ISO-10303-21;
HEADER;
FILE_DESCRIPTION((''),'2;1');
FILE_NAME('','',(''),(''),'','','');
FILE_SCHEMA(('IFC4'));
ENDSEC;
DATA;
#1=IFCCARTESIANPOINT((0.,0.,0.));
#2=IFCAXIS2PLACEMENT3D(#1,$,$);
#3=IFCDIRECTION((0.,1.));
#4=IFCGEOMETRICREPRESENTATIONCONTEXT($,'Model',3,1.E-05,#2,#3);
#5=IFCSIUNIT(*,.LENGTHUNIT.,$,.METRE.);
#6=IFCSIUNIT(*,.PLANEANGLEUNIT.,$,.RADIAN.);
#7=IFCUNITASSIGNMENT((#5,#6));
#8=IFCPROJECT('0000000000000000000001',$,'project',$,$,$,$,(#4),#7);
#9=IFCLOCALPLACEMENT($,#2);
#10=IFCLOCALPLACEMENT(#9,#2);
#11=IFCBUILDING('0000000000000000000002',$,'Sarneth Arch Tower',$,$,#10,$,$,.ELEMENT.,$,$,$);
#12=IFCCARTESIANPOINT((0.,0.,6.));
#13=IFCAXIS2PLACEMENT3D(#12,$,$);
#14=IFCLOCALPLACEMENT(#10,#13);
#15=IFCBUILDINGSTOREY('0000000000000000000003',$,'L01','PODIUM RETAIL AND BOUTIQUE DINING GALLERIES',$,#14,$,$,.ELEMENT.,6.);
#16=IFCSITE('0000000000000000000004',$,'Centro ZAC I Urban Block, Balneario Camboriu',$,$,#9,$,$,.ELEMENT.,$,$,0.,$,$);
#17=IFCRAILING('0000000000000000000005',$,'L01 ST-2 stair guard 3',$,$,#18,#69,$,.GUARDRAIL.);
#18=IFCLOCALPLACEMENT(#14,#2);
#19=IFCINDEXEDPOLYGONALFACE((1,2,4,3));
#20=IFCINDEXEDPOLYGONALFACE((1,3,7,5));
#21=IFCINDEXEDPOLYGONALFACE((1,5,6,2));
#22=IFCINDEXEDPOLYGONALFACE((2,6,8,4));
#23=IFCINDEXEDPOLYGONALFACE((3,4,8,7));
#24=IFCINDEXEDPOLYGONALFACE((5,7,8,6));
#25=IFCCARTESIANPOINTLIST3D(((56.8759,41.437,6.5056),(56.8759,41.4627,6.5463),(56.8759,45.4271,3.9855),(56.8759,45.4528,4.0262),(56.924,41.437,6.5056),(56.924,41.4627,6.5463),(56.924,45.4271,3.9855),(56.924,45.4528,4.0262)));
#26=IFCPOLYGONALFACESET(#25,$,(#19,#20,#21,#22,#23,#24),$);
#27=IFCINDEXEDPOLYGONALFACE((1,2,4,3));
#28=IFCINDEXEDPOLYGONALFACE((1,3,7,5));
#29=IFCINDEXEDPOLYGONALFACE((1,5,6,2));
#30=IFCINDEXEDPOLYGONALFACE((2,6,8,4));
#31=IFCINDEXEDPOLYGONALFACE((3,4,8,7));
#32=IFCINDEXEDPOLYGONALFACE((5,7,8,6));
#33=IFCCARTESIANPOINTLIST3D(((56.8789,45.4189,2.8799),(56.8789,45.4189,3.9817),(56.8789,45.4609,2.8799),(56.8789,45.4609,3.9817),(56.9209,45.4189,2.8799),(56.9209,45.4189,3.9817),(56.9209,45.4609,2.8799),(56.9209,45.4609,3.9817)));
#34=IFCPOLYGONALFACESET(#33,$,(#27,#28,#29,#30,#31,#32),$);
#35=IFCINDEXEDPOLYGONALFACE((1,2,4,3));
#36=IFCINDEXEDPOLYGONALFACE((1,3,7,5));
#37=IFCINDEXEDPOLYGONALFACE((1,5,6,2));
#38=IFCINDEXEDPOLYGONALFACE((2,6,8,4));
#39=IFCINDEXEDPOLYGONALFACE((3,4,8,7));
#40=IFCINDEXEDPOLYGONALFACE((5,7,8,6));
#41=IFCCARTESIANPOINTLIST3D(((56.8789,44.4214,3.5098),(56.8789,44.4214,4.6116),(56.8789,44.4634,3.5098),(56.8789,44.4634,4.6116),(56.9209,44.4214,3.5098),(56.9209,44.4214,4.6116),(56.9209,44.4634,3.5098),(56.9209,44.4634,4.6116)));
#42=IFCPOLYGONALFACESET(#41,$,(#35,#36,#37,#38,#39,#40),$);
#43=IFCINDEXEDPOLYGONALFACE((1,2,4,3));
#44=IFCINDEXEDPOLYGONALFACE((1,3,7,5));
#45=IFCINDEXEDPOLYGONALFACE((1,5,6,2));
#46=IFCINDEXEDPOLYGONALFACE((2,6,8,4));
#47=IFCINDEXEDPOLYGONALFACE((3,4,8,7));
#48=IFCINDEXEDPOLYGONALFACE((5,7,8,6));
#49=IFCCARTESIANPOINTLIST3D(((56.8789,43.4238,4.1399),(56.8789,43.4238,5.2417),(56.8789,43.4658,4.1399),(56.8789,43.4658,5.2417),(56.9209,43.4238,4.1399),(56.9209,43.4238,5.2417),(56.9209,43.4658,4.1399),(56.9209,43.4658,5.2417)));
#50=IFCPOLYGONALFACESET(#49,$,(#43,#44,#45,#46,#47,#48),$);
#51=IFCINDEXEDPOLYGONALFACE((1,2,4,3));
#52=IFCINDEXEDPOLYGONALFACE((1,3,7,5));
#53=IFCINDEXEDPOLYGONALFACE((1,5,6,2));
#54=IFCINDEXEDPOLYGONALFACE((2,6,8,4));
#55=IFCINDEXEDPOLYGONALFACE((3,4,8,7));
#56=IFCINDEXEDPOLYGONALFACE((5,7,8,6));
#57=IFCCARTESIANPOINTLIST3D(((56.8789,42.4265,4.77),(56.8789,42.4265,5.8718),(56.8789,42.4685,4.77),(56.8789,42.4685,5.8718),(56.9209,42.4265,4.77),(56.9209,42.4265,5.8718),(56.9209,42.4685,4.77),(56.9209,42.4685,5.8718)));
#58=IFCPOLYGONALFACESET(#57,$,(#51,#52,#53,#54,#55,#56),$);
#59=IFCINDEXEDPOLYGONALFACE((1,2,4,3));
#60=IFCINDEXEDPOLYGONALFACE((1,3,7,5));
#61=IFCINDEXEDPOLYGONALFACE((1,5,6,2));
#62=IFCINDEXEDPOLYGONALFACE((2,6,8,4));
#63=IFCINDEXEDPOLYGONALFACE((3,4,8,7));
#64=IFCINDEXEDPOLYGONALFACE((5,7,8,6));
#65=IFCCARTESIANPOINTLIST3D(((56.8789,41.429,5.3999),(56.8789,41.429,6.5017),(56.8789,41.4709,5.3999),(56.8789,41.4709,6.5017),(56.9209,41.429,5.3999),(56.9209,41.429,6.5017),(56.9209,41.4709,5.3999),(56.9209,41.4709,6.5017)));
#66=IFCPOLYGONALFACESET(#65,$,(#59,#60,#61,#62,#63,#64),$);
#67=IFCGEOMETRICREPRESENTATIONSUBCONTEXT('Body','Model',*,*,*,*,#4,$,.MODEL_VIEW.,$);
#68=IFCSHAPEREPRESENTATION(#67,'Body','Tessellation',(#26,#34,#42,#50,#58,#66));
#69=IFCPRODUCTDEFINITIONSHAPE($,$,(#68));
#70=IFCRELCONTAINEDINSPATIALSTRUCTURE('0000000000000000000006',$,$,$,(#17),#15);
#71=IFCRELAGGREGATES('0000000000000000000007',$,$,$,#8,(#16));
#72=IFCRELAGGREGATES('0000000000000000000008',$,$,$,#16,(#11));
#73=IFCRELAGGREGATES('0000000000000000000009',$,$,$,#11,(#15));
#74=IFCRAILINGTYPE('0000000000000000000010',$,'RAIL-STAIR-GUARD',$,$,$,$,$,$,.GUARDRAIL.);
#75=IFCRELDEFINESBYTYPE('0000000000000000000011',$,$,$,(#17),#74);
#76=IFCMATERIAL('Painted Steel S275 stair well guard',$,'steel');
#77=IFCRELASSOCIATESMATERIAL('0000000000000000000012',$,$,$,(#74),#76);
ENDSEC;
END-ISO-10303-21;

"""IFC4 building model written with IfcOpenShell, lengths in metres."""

from ifc_helpers import new_model, si_unit, direction, frame, origin, origin_2d, place, context, subcontext, project, spatial, rectangle, extrude, material, type_object, element, save


model = new_model("IFC4")

# Units and contexts
model_context = context("Model", 3, precision=1e-05, world=origin(), true_north=direction((0.0, 1.0)))
body_context = subcontext(model_context, "Body", "Model", "MODEL_VIEW")
ifc_project = project(units=[si_unit("LENGTHUNIT", "METRE"), si_unit("PLANEANGLEUNIT", "RADIAN")], contexts=[model_context])

# Site, building, storey
site_placement = place(None, origin())
site = spatial("IfcSite", under=ifc_project, at=site_placement, Name="Centro ZAC I Urban Block, Balneario Camboriu", CompositionType="ELEMENT", RefElevation=0.0)
building_placement = place(site_placement, origin())
building = spatial("IfcBuilding", under=site, at=building_placement, Name="Sarneth Arch Tower", CompositionType="ELEMENT")
storey_placement = place(building_placement, frame((0.0, 0.0, 6.0)))
storey = spatial("IfcBuildingStorey", under=building, at=storey_placement, Name="L01", Description="PODIUM RETAIL AND BOUTIQUE DINING GALLERIES", CompositionType="ELEMENT", Elevation=6.0)

# Railing
ifc_material_1 = material(Name="Painted Steel S275 stair well guard", Category="steel")
railing_type_1 = type_object("IfcRailingType", Name="RAIL-STAIR-GUARD", PredefinedType="GUARDRAIL", material=ifc_material_1)
railing_1_placement = place(storey_placement, frame((56.8999, 45.4399, 2.8799)))
element("IfcRailing", 1, at=railing_1_placement, inside=storey, type_object=railing_type_1, Name="L01 ST-2 stair guard 3", PredefinedType="GUARDRAIL", context=body_context, shape_type="SweptSolid", body=[
    extrude(rectangle(XDim=0.0481, YDim=0.0481, at=origin_2d()), frame((0.0, 0.0, 1.126), z_axis=(0.0, -0.845486, 0.533997), x_axis=(1.0, 0.0, 0.0)), (0.0, 0.0, 1.0), 4.7192),
    extrude(rectangle(XDim=0.042, YDim=0.042, at=origin_2d()), origin(), (0.0, 0.0, 1.0), 1.1018),
    extrude(rectangle(XDim=0.042, YDim=0.042, at=origin_2d()), frame((0.0, -0.9976, 0.6299)), (0.0, 0.0, 1.0), 1.1018),
    extrude(rectangle(XDim=0.042, YDim=0.042, at=origin_2d()), frame((0.0, -1.9951, 1.26)), (0.0, 0.0, 1.0), 1.1018),
    extrude(rectangle(XDim=0.042, YDim=0.042, at=origin_2d()), frame((0.0, -2.9924, 1.8901)), (0.0, 0.0, 1.0), 1.1018),
    extrude(rectangle(XDim=0.042, YDim=0.042, at=origin_2d()), frame((0.0, -3.99, 2.52)), (0.0, 0.0, 1.0), 1.1018),
])

save(model, "model.ifc")
